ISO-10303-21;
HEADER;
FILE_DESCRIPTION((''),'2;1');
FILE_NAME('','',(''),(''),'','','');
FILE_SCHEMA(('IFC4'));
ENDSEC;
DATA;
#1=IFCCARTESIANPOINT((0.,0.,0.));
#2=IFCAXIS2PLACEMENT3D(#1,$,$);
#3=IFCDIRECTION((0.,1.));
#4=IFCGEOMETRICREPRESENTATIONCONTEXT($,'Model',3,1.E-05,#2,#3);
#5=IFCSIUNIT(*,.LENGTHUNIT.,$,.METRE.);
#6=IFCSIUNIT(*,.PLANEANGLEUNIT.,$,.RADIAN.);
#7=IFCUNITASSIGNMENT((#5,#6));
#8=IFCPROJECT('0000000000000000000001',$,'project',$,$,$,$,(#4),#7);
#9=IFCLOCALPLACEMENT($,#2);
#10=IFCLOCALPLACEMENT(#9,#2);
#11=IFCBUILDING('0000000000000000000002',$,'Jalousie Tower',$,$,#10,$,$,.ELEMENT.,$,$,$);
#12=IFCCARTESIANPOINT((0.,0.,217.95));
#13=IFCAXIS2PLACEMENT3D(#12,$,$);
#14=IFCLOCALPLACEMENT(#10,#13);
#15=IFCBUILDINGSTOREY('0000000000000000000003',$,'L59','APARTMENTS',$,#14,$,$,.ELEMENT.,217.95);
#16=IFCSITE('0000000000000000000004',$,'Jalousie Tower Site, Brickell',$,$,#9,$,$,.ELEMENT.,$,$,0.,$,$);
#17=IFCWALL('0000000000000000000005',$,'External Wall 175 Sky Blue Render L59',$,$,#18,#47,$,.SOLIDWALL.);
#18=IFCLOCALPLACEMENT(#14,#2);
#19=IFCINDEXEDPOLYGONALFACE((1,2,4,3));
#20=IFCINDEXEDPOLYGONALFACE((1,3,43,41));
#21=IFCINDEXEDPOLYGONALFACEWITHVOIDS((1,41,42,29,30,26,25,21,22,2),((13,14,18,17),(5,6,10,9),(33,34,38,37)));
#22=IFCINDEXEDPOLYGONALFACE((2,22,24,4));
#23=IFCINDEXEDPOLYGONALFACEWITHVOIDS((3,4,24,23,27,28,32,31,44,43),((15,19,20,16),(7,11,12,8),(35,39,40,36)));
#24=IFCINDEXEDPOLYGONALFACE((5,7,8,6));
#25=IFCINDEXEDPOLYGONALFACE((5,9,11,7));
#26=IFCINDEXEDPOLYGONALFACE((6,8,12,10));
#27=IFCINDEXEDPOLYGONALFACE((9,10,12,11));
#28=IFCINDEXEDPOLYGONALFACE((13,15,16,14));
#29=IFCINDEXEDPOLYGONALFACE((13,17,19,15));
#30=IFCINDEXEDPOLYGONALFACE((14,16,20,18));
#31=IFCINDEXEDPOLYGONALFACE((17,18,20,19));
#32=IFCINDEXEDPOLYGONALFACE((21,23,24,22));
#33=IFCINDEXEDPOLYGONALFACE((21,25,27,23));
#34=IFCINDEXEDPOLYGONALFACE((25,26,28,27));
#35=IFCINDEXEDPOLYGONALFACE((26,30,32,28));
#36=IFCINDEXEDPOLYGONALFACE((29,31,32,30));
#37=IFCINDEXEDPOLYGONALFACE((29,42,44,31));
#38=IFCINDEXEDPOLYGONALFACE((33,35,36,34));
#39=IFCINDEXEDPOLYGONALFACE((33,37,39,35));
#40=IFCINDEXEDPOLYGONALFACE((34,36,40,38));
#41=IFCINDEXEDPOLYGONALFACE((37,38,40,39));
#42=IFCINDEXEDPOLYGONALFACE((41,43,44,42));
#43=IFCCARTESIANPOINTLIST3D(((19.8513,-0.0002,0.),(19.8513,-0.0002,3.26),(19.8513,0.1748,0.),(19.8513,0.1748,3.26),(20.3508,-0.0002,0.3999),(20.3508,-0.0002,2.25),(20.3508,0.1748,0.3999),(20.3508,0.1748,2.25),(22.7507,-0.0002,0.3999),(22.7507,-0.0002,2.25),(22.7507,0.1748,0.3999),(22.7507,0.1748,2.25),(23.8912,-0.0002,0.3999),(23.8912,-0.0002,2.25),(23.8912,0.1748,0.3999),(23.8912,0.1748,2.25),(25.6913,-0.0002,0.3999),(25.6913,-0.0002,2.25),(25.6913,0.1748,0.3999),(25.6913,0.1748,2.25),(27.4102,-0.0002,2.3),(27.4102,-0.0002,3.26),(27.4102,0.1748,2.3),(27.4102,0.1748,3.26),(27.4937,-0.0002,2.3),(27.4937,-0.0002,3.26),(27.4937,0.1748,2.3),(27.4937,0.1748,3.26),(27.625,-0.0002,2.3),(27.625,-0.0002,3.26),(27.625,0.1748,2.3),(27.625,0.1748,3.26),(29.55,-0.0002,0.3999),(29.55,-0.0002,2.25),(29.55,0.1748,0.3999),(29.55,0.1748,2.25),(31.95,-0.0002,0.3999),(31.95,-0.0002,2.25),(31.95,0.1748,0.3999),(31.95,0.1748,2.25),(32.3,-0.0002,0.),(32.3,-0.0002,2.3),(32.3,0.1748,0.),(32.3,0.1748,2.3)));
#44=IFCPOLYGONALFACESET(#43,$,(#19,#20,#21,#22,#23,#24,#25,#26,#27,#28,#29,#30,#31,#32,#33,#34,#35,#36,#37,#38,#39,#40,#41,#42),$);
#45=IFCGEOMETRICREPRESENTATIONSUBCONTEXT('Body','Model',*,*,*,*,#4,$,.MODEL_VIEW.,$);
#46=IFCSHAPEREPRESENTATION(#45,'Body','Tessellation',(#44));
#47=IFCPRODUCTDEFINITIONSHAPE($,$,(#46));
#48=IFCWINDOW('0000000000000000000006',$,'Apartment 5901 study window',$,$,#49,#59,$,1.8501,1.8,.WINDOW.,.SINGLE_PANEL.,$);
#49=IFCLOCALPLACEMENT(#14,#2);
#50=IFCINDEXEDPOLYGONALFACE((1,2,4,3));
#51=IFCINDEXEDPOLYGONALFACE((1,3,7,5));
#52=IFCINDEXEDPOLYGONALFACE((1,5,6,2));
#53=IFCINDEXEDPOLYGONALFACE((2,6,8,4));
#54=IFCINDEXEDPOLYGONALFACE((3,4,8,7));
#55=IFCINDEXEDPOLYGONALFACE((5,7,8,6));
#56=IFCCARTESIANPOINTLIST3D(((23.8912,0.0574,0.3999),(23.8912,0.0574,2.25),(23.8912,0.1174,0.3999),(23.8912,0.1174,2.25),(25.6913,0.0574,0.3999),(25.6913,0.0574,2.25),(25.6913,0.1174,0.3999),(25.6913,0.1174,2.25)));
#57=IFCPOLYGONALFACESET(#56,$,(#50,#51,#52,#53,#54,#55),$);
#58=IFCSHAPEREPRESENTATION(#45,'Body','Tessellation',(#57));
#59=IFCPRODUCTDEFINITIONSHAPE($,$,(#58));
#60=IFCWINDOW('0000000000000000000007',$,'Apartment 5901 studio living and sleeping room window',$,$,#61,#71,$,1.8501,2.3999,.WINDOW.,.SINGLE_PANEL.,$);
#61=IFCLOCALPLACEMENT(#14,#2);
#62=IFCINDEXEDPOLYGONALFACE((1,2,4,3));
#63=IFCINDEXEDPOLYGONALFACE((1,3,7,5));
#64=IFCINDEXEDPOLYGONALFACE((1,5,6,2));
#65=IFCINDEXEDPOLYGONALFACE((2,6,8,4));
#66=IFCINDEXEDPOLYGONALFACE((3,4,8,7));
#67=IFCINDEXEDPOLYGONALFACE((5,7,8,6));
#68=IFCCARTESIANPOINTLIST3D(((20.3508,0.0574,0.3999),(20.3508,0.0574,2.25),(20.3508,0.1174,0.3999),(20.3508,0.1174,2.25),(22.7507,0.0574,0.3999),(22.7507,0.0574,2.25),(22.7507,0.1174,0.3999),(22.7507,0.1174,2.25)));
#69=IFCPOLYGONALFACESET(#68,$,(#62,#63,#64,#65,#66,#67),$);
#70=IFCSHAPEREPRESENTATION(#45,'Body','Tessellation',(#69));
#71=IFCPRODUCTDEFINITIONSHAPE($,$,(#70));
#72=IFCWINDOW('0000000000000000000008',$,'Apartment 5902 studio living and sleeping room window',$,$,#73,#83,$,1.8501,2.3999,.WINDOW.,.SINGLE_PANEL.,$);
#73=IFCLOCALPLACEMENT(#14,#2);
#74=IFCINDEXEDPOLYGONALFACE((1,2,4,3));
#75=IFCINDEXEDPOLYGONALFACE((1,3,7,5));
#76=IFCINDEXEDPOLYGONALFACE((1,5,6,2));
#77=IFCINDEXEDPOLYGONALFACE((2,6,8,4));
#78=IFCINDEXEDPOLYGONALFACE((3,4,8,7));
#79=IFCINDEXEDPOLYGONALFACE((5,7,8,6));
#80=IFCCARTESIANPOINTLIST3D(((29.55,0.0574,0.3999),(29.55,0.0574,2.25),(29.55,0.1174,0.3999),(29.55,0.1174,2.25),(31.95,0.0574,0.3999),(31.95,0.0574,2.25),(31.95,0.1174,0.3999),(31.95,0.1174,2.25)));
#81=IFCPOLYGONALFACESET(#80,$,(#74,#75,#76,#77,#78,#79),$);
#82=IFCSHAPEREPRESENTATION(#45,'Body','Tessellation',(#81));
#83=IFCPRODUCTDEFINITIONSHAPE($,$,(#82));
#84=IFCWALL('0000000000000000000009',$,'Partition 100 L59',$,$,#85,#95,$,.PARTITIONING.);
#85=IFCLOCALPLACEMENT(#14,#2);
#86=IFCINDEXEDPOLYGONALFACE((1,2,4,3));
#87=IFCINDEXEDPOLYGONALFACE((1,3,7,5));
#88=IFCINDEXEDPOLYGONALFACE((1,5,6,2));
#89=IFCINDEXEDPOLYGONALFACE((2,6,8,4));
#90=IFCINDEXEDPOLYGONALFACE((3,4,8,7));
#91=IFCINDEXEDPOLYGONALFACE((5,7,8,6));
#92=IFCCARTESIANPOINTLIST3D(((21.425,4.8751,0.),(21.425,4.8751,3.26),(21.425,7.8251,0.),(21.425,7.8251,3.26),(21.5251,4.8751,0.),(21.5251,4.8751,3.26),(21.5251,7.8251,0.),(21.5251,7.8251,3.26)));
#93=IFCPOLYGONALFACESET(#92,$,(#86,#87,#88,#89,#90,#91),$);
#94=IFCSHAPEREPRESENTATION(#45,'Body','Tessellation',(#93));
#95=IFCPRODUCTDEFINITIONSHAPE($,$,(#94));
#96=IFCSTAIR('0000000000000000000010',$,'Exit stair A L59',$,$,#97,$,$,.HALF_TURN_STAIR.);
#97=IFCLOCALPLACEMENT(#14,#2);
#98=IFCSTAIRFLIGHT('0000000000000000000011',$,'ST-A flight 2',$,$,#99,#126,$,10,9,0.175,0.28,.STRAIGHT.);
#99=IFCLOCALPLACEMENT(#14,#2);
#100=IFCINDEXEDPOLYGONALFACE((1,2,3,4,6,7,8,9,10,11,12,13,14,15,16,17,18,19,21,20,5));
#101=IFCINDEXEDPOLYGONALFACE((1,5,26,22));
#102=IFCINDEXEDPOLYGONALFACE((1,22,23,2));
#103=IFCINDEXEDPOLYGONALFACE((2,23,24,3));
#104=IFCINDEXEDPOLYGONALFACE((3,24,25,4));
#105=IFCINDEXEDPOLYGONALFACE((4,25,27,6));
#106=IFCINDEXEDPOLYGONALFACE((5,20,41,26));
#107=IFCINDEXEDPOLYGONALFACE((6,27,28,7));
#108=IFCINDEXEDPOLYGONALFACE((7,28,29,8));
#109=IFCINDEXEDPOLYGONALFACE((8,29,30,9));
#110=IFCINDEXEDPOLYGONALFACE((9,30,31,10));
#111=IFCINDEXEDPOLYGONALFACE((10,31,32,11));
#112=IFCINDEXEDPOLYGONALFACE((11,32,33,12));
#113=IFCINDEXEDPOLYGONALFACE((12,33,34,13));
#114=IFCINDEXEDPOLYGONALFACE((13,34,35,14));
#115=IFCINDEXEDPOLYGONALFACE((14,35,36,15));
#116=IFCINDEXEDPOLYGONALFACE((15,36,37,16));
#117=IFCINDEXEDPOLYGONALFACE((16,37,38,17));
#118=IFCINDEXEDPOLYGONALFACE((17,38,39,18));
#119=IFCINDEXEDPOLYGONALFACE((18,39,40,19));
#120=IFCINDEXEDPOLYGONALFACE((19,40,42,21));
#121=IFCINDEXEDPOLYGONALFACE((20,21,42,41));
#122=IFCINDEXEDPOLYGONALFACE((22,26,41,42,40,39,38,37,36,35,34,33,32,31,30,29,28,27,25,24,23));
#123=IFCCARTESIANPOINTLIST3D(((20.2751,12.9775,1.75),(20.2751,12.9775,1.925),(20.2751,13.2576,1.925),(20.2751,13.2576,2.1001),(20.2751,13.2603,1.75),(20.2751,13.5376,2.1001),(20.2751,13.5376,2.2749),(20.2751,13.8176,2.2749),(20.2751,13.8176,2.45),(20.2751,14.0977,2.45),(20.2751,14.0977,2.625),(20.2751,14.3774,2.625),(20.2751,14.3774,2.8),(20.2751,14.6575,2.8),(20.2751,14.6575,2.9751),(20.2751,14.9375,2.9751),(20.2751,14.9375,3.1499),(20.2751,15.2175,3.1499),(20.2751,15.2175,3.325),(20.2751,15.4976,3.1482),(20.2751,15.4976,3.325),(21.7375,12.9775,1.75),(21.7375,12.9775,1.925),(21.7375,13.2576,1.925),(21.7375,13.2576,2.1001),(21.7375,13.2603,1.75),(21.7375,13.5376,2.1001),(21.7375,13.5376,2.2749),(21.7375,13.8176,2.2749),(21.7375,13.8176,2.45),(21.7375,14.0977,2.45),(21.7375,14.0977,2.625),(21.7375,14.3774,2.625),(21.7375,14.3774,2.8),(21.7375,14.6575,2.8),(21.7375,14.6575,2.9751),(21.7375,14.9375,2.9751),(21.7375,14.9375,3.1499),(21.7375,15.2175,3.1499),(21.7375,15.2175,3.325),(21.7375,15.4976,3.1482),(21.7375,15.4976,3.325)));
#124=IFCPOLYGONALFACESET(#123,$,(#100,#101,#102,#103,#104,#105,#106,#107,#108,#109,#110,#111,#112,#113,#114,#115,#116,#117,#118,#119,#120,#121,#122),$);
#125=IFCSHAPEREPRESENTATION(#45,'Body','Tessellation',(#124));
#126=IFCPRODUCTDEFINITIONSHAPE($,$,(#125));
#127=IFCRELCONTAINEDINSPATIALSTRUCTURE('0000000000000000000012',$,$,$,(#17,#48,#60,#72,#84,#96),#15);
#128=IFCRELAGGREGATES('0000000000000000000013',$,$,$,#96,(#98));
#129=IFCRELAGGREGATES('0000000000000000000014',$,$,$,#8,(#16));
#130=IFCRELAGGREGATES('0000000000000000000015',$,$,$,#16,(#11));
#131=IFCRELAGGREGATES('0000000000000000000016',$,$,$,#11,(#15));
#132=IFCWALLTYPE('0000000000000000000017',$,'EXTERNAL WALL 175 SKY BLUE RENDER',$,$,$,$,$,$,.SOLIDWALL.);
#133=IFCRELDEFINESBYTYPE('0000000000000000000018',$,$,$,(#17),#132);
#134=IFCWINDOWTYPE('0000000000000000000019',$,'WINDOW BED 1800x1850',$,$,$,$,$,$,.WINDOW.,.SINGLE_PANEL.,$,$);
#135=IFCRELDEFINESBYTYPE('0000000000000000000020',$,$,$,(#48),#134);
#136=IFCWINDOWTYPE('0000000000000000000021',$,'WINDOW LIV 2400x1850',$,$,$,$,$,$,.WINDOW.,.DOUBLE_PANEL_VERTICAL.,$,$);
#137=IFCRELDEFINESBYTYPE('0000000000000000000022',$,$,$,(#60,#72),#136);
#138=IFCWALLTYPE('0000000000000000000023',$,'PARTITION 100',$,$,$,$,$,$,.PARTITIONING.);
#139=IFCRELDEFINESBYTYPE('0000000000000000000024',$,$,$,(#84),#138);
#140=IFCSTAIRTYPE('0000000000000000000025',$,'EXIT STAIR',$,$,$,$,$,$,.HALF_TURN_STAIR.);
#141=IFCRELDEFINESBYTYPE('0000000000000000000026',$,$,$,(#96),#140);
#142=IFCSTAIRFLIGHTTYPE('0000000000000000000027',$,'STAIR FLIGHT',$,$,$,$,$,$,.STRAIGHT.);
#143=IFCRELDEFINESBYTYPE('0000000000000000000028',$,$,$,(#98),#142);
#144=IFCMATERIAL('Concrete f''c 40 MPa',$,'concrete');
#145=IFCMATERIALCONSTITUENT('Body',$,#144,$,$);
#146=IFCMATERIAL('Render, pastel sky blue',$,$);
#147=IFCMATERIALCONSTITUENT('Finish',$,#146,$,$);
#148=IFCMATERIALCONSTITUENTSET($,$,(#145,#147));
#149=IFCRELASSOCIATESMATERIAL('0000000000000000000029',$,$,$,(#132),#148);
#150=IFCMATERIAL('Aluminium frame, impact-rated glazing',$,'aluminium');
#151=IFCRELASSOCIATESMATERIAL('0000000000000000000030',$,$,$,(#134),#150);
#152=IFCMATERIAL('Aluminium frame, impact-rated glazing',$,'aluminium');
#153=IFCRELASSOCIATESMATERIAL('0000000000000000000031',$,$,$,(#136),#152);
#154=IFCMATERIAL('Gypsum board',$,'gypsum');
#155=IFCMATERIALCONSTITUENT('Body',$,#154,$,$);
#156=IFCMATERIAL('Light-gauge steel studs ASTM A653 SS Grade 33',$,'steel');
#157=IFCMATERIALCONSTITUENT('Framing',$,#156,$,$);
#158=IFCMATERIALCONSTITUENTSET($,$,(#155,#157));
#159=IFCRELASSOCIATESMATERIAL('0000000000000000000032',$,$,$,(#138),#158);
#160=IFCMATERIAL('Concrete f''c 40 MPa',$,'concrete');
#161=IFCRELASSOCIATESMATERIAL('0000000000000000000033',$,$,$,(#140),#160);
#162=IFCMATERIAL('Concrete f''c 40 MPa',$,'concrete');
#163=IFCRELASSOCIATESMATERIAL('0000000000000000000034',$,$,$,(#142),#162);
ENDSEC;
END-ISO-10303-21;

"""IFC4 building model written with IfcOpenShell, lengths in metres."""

from ifc_helpers import new_model, si_unit, direction, frame, frame_2d, origin, place, context, subcontext, project, spatial, polyline, rectangle, outline, extrude, material, constituent, constituent_set, type_object, element, fill, aggregate, save


model = new_model("IFC4")

# Units and contexts
model_context = context("Model", 3, precision=1e-05, world=origin(), true_north=direction((0.0, 1.0)))
body_context = subcontext(model_context, "Body", "Model", "MODEL_VIEW")
ifc_project = project(units=[si_unit("LENGTHUNIT", "METRE"), si_unit("PLANEANGLEUNIT", "RADIAN")], contexts=[model_context])

# Site, building, storey
site_placement = place(None, origin())
site = spatial("IfcSite", under=ifc_project, at=site_placement, Name="Jalousie Tower Site, Brickell", CompositionType="ELEMENT", RefElevation=0.0)
building_placement = place(site_placement, origin())
building = spatial("IfcBuilding", under=site, at=building_placement, Name="Jalousie Tower", CompositionType="ELEMENT")
storey_placement = place(building_placement, frame((0.0, 0.0, 217.95)))
storey = spatial("IfcBuildingStorey", under=building, at=storey_placement, Name="L59", Description="APARTMENTS", CompositionType="ELEMENT", Elevation=217.95)

# Wall, openings, windows
ifc_material_1 = material(Name="Concrete f'c 40 MPa", Category="concrete")
ifc_constituent_1 = constituent(ifc_material_1, Name="Body")
ifc_material_2 = material(Name="Render, pastel sky blue")
ifc_constituent_2 = constituent(ifc_material_2, Name="Finish")
ifc_constituent_set_1 = constituent_set(constituents=[ifc_constituent_1, ifc_constituent_2])
wall_type_1 = type_object("IfcWallType", Name="EXTERNAL WALL 175 SKY BLUE RENDER", PredefinedType="SOLIDWALL", material=ifc_constituent_set_1)
wall_1_placement = place(storey_placement, frame((19.8513, 0.0874, 0.0), z_axis=(0.0, 0.0, 1.0), x_axis=(1.0, 0.0, 0.0)))
wall_1 = element("IfcWall", 1, at=wall_1_placement, inside=storey, type_object=wall_type_1, Name="External Wall 175 Sky Blue Render L59", PredefinedType="SOLIDWALL", context=body_context, shape_type="SweptSolid", body=[
    extrude(outline(polyline([(0.0, 0.0), (12.4487, 0.0), (12.4487, 2.3), (7.7737, 2.3), (7.7737, 3.26), (7.6423, 3.26), (7.6423, 2.3), (7.5588, 2.3), (7.5588, 3.26), (0.0, 3.26), (0.0, 0.0)])), frame((0.0, 0.0874, 0.0), z_axis=(0.0, -1.0, 0.0), x_axis=(1.0, 0.0, 0.0)), (0.0, 0.0, 1.0), 0.175),
])
opening_1_placement = place(wall_1_placement, frame((0.4995, 0.0, 0.3999)))
opening_1 = element("IfcOpeningElement", 2, at=opening_1_placement, cuts=wall_1, PredefinedType="OPENING", context=body_context, shape_type="SweptSolid", body=[
    extrude(rectangle(XDim=2.3999, YDim=1.8501, at=frame_2d((1.2, 0.925))), frame((0.0, 0.0974, 0.0), z_axis=(0.0, -1.0, 0.0), x_axis=(1.0, 0.0, 0.0)), (0.0, 0.0, 1.0), 0.1951),
])
opening_2_placement = place(wall_1_placement, frame((4.04, 0.0, 0.3999)))
opening_2 = element("IfcOpeningElement", 3, at=opening_2_placement, cuts=wall_1, PredefinedType="OPENING", context=body_context, shape_type="SweptSolid", body=[
    extrude(rectangle(XDim=1.8, YDim=1.8501, at=frame_2d((0.8999, 0.925))), frame((0.0, 0.0974, 0.0), z_axis=(0.0, -1.0, 0.0), x_axis=(1.0, 0.0, 0.0)), (0.0, 0.0, 1.0), 0.1951),
])
opening_3_placement = place(wall_1_placement, frame((9.6987, 0.0, 0.3999)))
opening_3 = element("IfcOpeningElement", 4, at=opening_3_placement, cuts=wall_1, PredefinedType="OPENING", context=body_context, shape_type="SweptSolid", body=[
    extrude(rectangle(XDim=2.3999, YDim=1.8501, at=frame_2d((1.2, 0.925))), frame((0.0, 0.0974, 0.0), z_axis=(0.0, -1.0, 0.0), x_axis=(1.0, 0.0, 0.0)), (0.0, 0.0, 1.0), 0.1951),
])
ifc_material_3 = material(Name="Aluminium frame, impact-rated glazing", Category="aluminium")
window_type_1 = type_object("IfcWindowType", Name="WINDOW BED 1800x1850", PartitioningType="SINGLE_PANEL", PredefinedType="WINDOW", material=ifc_material_3)
window_1_placement = place(opening_2_placement, origin())
window_1 = element("IfcWindow", 5, at=window_1_placement, inside=storey, type_object=window_type_1, Name="Apartment 5901 study window", OverallHeight=1.8501, OverallWidth=1.8, PartitioningType="SINGLE_PANEL", PredefinedType="WINDOW", context=body_context, shape_type="SweptSolid", body=[
    extrude(rectangle(XDim=1.8, YDim=1.8501, at=frame_2d((0.8999, 0.925))), frame((0.0, 0.03, 0.0), z_axis=(0.0, -1.0, 0.0), x_axis=(1.0, 0.0, 0.0)), (0.0, 0.0, 1.0), 0.0601),
])
fill(opening_2, window_1)
ifc_material_4 = material(Name="Aluminium frame, impact-rated glazing", Category="aluminium")
window_type_2 = type_object("IfcWindowType", Name="WINDOW LIV 2400x1850", PartitioningType="DOUBLE_PANEL_VERTICAL", PredefinedType="WINDOW", material=ifc_material_4)
window_2_placement = place(opening_1_placement, origin())
window_2 = element("IfcWindow", 6, at=window_2_placement, inside=storey, type_object=window_type_2, Name="Apartment 5901 studio living and sleeping room window", OverallHeight=1.8501, OverallWidth=2.3999, PartitioningType="SINGLE_PANEL", PredefinedType="WINDOW", context=body_context, shape_type="SweptSolid", body=[
    extrude(rectangle(XDim=2.3999, YDim=1.8501, at=frame_2d((1.2, 0.925))), frame((0.0, 0.03, 0.0), z_axis=(0.0, -1.0, 0.0), x_axis=(1.0, 0.0, 0.0)), (0.0, 0.0, 1.0), 0.0601),
])
fill(opening_1, window_2)
window_3_placement = place(opening_3_placement, origin())
window_3 = element("IfcWindow", 7, at=window_3_placement, inside=storey, type_object=window_type_2, Name="Apartment 5902 studio living and sleeping room window", OverallHeight=1.8501, OverallWidth=2.3999, PartitioningType="SINGLE_PANEL", PredefinedType="WINDOW", context=body_context, shape_type="SweptSolid", body=[
    extrude(rectangle(XDim=2.3999, YDim=1.8501, at=frame_2d((1.2, 0.925))), frame((0.0, 0.03, 0.0), z_axis=(0.0, -1.0, 0.0), x_axis=(1.0, 0.0, 0.0)), (0.0, 0.0, 1.0), 0.0601),
])
fill(opening_3, window_3)

# Wall
ifc_material_5 = material(Name="Gypsum board", Category="gypsum")
ifc_constituent_3 = constituent(ifc_material_5, Name="Body")
ifc_material_6 = material(Name="Light-gauge steel studs ASTM A653 SS Grade 33", Category="steel")
ifc_constituent_4 = constituent(ifc_material_6, Name="Framing")
ifc_constituent_set_2 = constituent_set(constituents=[ifc_constituent_3, ifc_constituent_4])
wall_type_2 = type_object("IfcWallType", Name="PARTITION 100", PredefinedType="PARTITIONING", material=ifc_constituent_set_2)
wall_2_placement = place(storey_placement, frame((21.4751, 4.875, 0.0), z_axis=(0.0, 0.0, 1.0), x_axis=(0.0, 1.0, 0.0)))
element("IfcWall", 8, at=wall_2_placement, inside=storey, type_object=wall_type_2, Name="Partition 100 L59", PredefinedType="PARTITIONING", context=body_context, shape_type="SweptSolid", body=[
    extrude(rectangle(XDim=2.95, YDim=0.1001, at=frame_2d((1.4751, 0.0))), origin(), (0.0, 0.0, 1.0), 3.26),
])

# Stair, stair flight
ifc_material_7 = material(Name="Concrete f'c 40 MPa", Category="concrete")
stair_type = type_object("IfcStairType", Name="EXIT STAIR", PredefinedType="HALF_TURN_STAIR", material=ifc_material_7)
stair_placement = place(storey_placement, origin())
stair = element("IfcStair", 9, at=stair_placement, inside=storey, type_object=stair_type, Name="Exit stair A L59", PredefinedType="HALF_TURN_STAIR")
ifc_material_8 = material(Name="Concrete f'c 40 MPa", Category="concrete")
stair_flight_type = type_object("IfcStairFlightType", Name="STAIR FLIGHT", PredefinedType="STRAIGHT", material=ifc_material_8)
stair_flight_placement = place(storey_placement, frame((21.0063, 12.9775, 1.75), z_axis=(0.0, 0.0, 1.0), x_axis=(0.0, 1.0, 0.0)))
stair_flight = element("IfcStairFlight", 10, at=stair_flight_placement, type_object=stair_flight_type, Name="ST-A flight 2", NumberOfRisers=10, NumberOfTreads=9, PredefinedType="STRAIGHT", RiserHeight=0.175, TreadLength=0.28, context=body_context, shape_type="SweptSolid", body=[
    extrude(outline(polyline([(0.0, 0.0), (0.0, 0.175), (0.28, 0.175), (0.28, 0.3501), (0.5601, 0.3501), (0.5601, 0.5249), (0.8401, 0.5249), (0.8401, 0.7), (1.1201, 0.7), (1.1201, 0.875), (1.3999, 0.875), (1.3999, 1.05), (1.6799, 1.05), (1.6799, 1.2251), (1.96, 1.2251), (1.96, 1.3999), (2.24, 1.3999), (2.24, 1.575), (2.52, 1.575), (2.52, 1.75), (2.52, 1.3982), (0.2827, 0.0), (0.0, 0.0)])), frame((0.0, 0.7312, 0.0), z_axis=(0.0, -1.0, 0.0), x_axis=(1.0, 0.0, 0.0)), (0.0, 0.0, 1.0), 1.4624),
])
aggregate(stair, [stair_flight])

save(model, "model.ifc")
